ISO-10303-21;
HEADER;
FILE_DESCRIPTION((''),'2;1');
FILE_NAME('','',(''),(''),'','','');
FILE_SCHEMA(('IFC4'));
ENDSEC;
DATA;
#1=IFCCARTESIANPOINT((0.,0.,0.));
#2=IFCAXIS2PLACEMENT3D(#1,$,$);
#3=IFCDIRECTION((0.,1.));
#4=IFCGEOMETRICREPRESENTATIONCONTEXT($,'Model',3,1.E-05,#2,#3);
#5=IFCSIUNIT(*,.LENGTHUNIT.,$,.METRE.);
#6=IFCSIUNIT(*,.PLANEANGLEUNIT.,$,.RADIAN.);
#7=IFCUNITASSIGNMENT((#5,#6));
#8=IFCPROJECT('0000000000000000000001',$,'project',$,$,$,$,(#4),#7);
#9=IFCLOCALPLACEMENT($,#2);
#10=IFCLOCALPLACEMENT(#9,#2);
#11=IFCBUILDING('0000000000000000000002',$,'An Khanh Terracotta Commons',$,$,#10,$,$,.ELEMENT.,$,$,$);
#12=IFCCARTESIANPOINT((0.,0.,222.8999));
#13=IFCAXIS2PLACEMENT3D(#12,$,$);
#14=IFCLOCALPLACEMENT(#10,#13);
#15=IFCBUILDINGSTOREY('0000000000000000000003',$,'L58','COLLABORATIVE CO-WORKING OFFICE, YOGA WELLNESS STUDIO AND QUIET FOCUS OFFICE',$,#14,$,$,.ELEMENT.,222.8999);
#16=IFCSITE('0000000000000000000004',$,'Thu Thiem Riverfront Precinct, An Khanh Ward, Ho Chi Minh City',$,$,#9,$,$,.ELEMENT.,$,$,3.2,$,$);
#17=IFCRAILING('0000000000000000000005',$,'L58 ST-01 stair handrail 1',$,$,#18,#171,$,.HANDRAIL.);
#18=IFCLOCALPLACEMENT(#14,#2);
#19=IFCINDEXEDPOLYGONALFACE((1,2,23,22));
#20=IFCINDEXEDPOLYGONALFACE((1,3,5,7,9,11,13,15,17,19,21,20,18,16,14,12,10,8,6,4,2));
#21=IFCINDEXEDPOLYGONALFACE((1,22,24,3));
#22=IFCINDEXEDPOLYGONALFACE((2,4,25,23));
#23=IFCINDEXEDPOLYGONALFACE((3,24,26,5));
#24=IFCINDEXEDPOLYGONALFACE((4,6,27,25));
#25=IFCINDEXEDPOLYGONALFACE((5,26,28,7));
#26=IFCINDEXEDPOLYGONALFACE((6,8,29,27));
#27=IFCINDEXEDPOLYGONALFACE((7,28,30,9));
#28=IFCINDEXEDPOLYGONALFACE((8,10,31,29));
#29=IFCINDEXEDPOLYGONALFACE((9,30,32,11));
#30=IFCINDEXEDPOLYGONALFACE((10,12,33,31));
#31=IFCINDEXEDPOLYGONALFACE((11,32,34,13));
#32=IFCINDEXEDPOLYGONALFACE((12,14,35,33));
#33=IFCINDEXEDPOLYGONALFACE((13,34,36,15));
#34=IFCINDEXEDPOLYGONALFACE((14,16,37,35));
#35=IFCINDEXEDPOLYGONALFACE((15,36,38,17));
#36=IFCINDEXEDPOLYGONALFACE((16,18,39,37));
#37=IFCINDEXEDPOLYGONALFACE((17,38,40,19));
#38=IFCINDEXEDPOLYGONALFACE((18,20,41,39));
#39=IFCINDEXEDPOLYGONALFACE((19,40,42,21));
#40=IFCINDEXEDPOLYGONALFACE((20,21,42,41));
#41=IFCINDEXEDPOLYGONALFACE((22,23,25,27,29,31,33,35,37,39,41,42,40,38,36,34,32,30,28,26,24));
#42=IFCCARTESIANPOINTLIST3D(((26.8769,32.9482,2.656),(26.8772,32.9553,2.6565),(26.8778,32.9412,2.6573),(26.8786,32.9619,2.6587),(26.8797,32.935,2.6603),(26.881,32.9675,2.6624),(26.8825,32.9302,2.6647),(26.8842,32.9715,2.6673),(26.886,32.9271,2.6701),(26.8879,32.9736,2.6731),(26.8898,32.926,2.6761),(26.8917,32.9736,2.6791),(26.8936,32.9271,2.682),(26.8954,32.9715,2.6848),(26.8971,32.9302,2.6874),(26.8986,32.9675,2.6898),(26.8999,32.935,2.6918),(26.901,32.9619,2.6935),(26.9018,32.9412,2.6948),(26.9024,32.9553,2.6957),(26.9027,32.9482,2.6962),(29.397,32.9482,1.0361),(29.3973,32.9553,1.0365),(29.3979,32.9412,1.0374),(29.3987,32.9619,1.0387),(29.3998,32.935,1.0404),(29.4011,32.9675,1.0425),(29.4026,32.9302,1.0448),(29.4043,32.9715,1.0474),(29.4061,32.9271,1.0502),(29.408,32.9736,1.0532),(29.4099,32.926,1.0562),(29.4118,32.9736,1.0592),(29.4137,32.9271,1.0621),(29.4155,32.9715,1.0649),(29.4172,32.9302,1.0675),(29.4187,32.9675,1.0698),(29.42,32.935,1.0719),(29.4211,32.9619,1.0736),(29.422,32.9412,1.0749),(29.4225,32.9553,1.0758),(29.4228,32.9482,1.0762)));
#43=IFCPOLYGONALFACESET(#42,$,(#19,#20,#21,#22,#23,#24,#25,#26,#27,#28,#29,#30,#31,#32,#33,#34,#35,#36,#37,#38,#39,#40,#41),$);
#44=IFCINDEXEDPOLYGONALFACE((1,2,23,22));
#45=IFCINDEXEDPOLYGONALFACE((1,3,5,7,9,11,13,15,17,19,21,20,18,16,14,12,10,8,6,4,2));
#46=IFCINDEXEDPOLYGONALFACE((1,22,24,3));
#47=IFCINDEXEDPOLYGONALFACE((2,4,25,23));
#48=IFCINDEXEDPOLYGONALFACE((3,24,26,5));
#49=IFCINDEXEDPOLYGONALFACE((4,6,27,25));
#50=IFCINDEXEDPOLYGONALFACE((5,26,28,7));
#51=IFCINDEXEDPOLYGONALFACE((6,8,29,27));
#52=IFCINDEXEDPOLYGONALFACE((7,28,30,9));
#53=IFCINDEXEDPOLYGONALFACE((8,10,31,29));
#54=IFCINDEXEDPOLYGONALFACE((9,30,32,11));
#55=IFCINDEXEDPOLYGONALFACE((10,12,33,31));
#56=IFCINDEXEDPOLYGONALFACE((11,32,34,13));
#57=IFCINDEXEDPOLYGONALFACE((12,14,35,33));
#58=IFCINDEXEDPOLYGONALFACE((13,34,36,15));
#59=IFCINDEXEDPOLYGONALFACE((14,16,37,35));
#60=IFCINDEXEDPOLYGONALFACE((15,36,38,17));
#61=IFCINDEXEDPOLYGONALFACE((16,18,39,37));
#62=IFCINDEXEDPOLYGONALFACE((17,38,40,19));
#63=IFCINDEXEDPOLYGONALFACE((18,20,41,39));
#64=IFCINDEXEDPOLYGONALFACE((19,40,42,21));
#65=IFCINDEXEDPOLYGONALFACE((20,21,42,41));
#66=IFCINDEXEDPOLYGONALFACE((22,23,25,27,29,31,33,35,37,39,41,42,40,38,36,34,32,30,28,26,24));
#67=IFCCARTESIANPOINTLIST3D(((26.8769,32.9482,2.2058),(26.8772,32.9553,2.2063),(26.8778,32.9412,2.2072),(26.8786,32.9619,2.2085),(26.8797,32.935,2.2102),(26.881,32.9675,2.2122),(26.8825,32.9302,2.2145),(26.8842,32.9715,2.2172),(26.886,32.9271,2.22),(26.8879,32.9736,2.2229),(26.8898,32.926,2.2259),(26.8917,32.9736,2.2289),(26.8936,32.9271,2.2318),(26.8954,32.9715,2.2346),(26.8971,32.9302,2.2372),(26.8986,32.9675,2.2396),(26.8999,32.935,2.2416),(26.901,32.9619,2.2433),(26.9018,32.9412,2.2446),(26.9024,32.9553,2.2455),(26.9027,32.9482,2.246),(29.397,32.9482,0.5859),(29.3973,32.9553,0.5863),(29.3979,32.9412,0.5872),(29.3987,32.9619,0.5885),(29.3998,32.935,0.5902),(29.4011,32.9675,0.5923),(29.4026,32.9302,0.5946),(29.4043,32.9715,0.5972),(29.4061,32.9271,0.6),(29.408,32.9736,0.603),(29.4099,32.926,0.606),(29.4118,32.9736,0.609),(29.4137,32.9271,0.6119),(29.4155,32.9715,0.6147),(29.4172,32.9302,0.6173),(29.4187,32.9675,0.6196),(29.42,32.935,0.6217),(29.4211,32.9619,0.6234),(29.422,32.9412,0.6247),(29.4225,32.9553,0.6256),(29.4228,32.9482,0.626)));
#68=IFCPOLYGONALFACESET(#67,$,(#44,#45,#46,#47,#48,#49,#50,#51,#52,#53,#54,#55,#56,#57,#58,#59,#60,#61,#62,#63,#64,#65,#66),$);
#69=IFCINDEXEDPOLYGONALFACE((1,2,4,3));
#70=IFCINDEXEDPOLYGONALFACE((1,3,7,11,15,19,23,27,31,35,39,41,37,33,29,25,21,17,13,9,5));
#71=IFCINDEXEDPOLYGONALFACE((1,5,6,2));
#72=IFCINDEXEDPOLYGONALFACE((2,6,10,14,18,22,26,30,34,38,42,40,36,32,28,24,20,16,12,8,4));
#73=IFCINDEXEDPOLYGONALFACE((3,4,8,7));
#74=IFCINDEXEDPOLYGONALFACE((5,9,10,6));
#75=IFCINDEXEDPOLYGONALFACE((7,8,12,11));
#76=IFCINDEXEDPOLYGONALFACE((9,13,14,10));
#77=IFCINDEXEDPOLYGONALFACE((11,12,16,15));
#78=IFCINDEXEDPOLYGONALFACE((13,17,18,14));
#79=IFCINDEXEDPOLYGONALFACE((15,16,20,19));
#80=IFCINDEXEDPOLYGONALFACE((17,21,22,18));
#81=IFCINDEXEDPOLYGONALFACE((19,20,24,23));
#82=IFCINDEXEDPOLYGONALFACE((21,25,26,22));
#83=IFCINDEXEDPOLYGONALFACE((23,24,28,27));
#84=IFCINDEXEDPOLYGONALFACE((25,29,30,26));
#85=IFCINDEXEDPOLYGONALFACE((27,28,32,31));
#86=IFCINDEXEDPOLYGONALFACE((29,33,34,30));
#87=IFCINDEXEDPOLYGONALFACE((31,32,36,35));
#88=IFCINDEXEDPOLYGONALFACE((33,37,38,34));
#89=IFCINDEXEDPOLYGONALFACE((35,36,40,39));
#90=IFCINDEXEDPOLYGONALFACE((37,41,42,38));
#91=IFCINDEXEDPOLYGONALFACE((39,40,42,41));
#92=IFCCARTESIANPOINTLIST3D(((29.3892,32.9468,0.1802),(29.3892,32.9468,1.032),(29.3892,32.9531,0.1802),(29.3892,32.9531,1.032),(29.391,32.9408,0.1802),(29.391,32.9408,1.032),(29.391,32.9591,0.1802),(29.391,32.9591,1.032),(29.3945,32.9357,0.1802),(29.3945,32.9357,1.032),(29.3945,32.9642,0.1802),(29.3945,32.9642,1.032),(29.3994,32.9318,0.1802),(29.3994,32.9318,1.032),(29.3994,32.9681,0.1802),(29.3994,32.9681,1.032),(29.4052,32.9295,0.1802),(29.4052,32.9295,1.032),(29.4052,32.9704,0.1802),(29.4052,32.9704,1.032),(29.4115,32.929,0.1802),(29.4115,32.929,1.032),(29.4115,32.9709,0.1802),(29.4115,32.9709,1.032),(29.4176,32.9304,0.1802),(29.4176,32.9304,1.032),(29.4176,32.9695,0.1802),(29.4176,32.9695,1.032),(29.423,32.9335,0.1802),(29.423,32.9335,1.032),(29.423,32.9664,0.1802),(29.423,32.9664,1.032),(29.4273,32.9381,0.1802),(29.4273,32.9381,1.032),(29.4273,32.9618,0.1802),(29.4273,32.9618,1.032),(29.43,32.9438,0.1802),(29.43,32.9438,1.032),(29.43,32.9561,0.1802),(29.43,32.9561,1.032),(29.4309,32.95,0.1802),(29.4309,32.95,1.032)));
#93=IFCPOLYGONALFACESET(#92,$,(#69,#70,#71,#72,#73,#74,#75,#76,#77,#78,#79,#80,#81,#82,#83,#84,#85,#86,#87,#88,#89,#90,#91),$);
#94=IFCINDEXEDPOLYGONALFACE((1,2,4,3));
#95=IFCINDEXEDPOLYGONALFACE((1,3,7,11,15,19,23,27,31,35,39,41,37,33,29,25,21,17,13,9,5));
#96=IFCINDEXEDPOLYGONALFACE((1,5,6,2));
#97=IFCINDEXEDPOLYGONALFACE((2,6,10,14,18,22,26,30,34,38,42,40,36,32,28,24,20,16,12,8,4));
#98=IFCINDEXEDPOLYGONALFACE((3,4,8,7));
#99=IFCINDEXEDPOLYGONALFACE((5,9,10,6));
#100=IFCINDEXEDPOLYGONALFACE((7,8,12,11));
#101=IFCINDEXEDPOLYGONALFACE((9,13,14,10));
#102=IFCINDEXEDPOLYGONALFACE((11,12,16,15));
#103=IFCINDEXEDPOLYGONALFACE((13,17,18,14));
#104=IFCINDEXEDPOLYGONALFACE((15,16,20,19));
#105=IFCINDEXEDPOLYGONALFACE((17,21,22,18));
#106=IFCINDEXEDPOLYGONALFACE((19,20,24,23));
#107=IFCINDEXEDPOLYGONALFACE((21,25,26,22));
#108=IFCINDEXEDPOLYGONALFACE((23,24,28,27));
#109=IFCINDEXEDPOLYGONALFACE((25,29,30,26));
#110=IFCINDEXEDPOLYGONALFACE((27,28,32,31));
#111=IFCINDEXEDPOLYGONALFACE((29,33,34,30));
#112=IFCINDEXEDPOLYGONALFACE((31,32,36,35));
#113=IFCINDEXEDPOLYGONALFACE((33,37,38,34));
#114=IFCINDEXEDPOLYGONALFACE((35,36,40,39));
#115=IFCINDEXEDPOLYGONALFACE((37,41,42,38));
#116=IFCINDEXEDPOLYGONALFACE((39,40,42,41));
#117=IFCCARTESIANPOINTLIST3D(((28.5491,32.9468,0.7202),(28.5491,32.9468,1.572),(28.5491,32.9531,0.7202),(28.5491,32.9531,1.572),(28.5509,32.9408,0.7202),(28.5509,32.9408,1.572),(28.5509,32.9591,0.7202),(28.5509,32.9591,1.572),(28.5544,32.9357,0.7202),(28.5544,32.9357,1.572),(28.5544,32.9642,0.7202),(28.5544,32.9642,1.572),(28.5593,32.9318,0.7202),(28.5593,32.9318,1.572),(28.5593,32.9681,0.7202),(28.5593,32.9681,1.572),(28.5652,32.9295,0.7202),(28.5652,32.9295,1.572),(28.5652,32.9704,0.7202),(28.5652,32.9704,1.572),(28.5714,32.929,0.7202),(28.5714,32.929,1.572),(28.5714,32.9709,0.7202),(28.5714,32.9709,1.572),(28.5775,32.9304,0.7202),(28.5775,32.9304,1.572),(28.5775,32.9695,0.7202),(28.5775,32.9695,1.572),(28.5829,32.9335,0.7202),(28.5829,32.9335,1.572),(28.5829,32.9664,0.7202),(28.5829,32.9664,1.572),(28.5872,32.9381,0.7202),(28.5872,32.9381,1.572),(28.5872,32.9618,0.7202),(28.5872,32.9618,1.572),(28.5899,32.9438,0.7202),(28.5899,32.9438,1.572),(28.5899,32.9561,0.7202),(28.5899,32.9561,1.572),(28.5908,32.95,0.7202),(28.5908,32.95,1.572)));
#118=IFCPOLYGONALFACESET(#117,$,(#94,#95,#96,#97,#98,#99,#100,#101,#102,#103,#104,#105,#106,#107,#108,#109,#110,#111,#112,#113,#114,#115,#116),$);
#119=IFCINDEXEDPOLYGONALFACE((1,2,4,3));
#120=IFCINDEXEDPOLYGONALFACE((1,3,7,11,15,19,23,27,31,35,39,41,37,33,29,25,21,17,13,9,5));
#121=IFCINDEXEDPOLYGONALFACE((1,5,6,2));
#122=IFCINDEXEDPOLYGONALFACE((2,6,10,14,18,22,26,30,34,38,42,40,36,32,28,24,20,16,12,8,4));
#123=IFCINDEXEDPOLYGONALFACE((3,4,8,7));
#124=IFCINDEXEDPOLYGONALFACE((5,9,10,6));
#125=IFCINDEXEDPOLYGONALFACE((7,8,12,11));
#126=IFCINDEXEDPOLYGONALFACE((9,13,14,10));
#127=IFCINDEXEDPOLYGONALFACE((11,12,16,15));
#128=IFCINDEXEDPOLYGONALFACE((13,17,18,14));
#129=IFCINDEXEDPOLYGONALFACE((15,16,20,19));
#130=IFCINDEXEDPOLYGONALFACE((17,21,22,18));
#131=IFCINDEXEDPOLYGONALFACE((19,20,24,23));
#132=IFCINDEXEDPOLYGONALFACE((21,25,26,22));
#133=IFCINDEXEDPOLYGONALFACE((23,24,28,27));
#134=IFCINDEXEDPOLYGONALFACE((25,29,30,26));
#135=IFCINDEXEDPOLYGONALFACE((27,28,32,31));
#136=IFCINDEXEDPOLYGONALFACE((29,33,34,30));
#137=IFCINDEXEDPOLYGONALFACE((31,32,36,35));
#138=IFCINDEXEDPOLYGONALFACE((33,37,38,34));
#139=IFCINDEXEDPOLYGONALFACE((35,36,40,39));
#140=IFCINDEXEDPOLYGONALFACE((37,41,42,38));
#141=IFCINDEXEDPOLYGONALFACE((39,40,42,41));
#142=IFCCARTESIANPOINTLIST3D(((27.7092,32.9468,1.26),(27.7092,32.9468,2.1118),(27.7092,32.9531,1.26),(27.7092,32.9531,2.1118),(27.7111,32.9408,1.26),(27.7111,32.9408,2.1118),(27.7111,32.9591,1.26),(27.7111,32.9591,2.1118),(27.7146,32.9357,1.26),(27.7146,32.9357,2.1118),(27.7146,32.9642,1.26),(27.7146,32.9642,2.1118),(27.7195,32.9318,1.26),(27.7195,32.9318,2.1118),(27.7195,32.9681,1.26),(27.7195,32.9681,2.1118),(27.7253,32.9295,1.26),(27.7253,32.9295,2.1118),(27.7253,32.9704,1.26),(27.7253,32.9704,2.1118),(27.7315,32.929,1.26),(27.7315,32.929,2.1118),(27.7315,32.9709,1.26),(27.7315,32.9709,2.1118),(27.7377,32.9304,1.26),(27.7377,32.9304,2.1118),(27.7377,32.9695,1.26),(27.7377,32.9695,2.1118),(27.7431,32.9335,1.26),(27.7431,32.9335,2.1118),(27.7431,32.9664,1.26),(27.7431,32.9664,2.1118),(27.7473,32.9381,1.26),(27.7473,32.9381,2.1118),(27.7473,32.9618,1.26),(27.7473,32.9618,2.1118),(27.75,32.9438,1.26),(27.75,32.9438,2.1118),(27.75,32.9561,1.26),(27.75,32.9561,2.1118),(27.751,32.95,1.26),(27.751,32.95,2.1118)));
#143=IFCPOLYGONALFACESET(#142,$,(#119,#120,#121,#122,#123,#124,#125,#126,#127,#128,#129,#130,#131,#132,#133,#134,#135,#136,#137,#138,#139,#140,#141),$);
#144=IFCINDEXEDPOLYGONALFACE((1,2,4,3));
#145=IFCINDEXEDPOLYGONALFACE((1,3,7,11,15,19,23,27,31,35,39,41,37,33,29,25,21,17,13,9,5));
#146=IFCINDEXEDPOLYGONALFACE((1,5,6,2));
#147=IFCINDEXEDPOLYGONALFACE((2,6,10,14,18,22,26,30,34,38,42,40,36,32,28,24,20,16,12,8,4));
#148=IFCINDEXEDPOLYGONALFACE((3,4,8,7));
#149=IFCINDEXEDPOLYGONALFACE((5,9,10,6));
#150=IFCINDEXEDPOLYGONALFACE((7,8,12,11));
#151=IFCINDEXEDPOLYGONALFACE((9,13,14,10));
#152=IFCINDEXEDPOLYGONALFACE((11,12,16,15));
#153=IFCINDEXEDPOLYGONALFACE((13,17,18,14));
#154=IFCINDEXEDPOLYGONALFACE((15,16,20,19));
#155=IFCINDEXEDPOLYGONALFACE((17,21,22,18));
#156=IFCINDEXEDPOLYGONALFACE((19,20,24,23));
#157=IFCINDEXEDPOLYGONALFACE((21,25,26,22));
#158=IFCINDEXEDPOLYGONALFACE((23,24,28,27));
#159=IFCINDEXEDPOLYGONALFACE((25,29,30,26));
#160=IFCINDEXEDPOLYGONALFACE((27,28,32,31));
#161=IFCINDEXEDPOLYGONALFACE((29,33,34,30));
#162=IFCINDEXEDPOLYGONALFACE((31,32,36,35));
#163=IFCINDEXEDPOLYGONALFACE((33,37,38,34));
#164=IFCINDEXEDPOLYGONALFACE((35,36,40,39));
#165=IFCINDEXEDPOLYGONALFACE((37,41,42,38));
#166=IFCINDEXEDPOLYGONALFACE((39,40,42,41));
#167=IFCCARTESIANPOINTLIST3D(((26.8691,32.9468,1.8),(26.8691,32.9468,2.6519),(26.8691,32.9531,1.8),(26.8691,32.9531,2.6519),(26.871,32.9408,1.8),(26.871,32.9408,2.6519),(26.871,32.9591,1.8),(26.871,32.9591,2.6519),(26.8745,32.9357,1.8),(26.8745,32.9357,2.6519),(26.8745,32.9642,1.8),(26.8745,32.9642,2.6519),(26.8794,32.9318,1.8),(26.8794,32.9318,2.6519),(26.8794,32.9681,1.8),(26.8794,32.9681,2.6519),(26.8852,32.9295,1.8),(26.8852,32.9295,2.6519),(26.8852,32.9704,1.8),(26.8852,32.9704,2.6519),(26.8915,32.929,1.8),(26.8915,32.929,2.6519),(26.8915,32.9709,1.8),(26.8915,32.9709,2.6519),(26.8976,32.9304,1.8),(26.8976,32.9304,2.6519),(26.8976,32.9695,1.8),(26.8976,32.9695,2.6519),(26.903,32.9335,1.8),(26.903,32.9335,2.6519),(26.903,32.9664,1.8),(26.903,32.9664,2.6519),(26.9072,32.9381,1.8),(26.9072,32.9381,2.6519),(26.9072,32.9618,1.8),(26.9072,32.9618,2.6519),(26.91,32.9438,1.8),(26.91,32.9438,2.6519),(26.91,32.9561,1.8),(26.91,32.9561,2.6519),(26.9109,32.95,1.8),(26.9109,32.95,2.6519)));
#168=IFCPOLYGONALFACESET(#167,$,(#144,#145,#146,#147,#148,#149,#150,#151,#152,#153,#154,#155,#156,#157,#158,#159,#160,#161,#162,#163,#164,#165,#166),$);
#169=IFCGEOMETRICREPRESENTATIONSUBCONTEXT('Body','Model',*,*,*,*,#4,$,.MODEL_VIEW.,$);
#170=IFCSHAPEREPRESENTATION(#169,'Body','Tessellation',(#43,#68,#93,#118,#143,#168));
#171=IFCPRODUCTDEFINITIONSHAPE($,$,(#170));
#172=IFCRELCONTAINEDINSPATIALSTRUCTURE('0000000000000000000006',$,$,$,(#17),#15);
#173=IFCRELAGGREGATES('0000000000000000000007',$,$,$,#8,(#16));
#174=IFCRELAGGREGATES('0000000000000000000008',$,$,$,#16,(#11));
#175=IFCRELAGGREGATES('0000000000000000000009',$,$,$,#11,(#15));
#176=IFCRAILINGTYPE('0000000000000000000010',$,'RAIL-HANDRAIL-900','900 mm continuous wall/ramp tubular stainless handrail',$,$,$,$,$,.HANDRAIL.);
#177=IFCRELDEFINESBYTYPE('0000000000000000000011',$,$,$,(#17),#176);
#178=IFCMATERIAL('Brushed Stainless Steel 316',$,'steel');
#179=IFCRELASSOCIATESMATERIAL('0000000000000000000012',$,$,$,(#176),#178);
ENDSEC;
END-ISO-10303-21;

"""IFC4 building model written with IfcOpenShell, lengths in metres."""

from ifc_helpers import new_model, si_unit, direction, frame, origin, origin_2d, place, context, subcontext, project, spatial, circle, extrude, material, type_object, element, save


model = new_model("IFC4")

# Units and contexts
model_context = context("Model", 3, precision=1e-05, world=origin(), true_north=direction((0.0, 1.0)))
body_context = subcontext(model_context, "Body", "Model", "MODEL_VIEW")
ifc_project = project(units=[si_unit("LENGTHUNIT", "METRE"), si_unit("PLANEANGLEUNIT", "RADIAN")], contexts=[model_context])

# Site, building, storey
site_placement = place(None, origin())
site = spatial("IfcSite", under=ifc_project, at=site_placement, Name="Thu Thiem Riverfront Precinct, An Khanh Ward, Ho Chi Minh City", CompositionType="ELEMENT", RefElevation=3.2)
building_placement = place(site_placement, origin())
building = spatial("IfcBuilding", under=site, at=building_placement, Name="An Khanh Terracotta Commons", CompositionType="ELEMENT")
storey_placement = place(building_placement, frame((0.0, 0.0, 222.8999)))
storey = spatial("IfcBuildingStorey", under=building, at=storey_placement, Name="L58", Description="COLLABORATIVE CO-WORKING OFFICE, YOGA WELLNESS STUDIO AND QUIET FOCUS OFFICE", CompositionType="ELEMENT", Elevation=222.8999)

# Railing
ifc_material_1 = material(Name="Brushed Stainless Steel 316", Category="steel")
railing_type_1 = type_object("IfcRailingType", Name="RAIL-HANDRAIL-900", Description="900 mm continuous wall/ramp tubular stainless handrail", PredefinedType="HANDRAIL", material=ifc_material_1)
railing_1_placement = place(storey_placement, frame((29.4099, 32.95, 0.1802)))
element("IfcRailing", 1, at=railing_1_placement, inside=storey, type_object=railing_type_1, Name="L58 ST-01 stair handrail 1", PredefinedType="HANDRAIL", context=body_context, shape_type="SweptSolid", body=[
    extrude(circle(Radius=0.0239, at=origin_2d()), frame((0.0, 0.0, 0.876), z_axis=(-0.8412, 0.0, 0.540725), x_axis=(0.0, -1.0, 0.0)), (0.0, 0.0, 1.0), 2.9958),
    extrude(circle(Radius=0.0239, at=origin_2d()), frame((0.0, 0.0, 0.4258), z_axis=(-0.8412, 0.0, 0.540725), x_axis=(0.0, -1.0, 0.0)), (0.0, 0.0, 1.0), 2.9958),
    extrude(circle(Radius=0.021, at=origin_2d()), origin(), (0.0, 0.0, 1.0), 0.8518),
    extrude(circle(Radius=0.021, at=origin_2d()), frame((-0.8401, 0.0, 0.54)), (0.0, 0.0, 1.0), 0.8518),
    extrude(circle(Radius=0.021, at=origin_2d()), frame((-1.6799, 0.0, 1.0798)), (0.0, 0.0, 1.0), 0.8518),
    extrude(circle(Radius=0.021, at=origin_2d()), frame((-2.52, 0.0, 1.6199)), (0.0, 0.0, 1.0), 0.8518),
])

save(model, "model.ifc")
